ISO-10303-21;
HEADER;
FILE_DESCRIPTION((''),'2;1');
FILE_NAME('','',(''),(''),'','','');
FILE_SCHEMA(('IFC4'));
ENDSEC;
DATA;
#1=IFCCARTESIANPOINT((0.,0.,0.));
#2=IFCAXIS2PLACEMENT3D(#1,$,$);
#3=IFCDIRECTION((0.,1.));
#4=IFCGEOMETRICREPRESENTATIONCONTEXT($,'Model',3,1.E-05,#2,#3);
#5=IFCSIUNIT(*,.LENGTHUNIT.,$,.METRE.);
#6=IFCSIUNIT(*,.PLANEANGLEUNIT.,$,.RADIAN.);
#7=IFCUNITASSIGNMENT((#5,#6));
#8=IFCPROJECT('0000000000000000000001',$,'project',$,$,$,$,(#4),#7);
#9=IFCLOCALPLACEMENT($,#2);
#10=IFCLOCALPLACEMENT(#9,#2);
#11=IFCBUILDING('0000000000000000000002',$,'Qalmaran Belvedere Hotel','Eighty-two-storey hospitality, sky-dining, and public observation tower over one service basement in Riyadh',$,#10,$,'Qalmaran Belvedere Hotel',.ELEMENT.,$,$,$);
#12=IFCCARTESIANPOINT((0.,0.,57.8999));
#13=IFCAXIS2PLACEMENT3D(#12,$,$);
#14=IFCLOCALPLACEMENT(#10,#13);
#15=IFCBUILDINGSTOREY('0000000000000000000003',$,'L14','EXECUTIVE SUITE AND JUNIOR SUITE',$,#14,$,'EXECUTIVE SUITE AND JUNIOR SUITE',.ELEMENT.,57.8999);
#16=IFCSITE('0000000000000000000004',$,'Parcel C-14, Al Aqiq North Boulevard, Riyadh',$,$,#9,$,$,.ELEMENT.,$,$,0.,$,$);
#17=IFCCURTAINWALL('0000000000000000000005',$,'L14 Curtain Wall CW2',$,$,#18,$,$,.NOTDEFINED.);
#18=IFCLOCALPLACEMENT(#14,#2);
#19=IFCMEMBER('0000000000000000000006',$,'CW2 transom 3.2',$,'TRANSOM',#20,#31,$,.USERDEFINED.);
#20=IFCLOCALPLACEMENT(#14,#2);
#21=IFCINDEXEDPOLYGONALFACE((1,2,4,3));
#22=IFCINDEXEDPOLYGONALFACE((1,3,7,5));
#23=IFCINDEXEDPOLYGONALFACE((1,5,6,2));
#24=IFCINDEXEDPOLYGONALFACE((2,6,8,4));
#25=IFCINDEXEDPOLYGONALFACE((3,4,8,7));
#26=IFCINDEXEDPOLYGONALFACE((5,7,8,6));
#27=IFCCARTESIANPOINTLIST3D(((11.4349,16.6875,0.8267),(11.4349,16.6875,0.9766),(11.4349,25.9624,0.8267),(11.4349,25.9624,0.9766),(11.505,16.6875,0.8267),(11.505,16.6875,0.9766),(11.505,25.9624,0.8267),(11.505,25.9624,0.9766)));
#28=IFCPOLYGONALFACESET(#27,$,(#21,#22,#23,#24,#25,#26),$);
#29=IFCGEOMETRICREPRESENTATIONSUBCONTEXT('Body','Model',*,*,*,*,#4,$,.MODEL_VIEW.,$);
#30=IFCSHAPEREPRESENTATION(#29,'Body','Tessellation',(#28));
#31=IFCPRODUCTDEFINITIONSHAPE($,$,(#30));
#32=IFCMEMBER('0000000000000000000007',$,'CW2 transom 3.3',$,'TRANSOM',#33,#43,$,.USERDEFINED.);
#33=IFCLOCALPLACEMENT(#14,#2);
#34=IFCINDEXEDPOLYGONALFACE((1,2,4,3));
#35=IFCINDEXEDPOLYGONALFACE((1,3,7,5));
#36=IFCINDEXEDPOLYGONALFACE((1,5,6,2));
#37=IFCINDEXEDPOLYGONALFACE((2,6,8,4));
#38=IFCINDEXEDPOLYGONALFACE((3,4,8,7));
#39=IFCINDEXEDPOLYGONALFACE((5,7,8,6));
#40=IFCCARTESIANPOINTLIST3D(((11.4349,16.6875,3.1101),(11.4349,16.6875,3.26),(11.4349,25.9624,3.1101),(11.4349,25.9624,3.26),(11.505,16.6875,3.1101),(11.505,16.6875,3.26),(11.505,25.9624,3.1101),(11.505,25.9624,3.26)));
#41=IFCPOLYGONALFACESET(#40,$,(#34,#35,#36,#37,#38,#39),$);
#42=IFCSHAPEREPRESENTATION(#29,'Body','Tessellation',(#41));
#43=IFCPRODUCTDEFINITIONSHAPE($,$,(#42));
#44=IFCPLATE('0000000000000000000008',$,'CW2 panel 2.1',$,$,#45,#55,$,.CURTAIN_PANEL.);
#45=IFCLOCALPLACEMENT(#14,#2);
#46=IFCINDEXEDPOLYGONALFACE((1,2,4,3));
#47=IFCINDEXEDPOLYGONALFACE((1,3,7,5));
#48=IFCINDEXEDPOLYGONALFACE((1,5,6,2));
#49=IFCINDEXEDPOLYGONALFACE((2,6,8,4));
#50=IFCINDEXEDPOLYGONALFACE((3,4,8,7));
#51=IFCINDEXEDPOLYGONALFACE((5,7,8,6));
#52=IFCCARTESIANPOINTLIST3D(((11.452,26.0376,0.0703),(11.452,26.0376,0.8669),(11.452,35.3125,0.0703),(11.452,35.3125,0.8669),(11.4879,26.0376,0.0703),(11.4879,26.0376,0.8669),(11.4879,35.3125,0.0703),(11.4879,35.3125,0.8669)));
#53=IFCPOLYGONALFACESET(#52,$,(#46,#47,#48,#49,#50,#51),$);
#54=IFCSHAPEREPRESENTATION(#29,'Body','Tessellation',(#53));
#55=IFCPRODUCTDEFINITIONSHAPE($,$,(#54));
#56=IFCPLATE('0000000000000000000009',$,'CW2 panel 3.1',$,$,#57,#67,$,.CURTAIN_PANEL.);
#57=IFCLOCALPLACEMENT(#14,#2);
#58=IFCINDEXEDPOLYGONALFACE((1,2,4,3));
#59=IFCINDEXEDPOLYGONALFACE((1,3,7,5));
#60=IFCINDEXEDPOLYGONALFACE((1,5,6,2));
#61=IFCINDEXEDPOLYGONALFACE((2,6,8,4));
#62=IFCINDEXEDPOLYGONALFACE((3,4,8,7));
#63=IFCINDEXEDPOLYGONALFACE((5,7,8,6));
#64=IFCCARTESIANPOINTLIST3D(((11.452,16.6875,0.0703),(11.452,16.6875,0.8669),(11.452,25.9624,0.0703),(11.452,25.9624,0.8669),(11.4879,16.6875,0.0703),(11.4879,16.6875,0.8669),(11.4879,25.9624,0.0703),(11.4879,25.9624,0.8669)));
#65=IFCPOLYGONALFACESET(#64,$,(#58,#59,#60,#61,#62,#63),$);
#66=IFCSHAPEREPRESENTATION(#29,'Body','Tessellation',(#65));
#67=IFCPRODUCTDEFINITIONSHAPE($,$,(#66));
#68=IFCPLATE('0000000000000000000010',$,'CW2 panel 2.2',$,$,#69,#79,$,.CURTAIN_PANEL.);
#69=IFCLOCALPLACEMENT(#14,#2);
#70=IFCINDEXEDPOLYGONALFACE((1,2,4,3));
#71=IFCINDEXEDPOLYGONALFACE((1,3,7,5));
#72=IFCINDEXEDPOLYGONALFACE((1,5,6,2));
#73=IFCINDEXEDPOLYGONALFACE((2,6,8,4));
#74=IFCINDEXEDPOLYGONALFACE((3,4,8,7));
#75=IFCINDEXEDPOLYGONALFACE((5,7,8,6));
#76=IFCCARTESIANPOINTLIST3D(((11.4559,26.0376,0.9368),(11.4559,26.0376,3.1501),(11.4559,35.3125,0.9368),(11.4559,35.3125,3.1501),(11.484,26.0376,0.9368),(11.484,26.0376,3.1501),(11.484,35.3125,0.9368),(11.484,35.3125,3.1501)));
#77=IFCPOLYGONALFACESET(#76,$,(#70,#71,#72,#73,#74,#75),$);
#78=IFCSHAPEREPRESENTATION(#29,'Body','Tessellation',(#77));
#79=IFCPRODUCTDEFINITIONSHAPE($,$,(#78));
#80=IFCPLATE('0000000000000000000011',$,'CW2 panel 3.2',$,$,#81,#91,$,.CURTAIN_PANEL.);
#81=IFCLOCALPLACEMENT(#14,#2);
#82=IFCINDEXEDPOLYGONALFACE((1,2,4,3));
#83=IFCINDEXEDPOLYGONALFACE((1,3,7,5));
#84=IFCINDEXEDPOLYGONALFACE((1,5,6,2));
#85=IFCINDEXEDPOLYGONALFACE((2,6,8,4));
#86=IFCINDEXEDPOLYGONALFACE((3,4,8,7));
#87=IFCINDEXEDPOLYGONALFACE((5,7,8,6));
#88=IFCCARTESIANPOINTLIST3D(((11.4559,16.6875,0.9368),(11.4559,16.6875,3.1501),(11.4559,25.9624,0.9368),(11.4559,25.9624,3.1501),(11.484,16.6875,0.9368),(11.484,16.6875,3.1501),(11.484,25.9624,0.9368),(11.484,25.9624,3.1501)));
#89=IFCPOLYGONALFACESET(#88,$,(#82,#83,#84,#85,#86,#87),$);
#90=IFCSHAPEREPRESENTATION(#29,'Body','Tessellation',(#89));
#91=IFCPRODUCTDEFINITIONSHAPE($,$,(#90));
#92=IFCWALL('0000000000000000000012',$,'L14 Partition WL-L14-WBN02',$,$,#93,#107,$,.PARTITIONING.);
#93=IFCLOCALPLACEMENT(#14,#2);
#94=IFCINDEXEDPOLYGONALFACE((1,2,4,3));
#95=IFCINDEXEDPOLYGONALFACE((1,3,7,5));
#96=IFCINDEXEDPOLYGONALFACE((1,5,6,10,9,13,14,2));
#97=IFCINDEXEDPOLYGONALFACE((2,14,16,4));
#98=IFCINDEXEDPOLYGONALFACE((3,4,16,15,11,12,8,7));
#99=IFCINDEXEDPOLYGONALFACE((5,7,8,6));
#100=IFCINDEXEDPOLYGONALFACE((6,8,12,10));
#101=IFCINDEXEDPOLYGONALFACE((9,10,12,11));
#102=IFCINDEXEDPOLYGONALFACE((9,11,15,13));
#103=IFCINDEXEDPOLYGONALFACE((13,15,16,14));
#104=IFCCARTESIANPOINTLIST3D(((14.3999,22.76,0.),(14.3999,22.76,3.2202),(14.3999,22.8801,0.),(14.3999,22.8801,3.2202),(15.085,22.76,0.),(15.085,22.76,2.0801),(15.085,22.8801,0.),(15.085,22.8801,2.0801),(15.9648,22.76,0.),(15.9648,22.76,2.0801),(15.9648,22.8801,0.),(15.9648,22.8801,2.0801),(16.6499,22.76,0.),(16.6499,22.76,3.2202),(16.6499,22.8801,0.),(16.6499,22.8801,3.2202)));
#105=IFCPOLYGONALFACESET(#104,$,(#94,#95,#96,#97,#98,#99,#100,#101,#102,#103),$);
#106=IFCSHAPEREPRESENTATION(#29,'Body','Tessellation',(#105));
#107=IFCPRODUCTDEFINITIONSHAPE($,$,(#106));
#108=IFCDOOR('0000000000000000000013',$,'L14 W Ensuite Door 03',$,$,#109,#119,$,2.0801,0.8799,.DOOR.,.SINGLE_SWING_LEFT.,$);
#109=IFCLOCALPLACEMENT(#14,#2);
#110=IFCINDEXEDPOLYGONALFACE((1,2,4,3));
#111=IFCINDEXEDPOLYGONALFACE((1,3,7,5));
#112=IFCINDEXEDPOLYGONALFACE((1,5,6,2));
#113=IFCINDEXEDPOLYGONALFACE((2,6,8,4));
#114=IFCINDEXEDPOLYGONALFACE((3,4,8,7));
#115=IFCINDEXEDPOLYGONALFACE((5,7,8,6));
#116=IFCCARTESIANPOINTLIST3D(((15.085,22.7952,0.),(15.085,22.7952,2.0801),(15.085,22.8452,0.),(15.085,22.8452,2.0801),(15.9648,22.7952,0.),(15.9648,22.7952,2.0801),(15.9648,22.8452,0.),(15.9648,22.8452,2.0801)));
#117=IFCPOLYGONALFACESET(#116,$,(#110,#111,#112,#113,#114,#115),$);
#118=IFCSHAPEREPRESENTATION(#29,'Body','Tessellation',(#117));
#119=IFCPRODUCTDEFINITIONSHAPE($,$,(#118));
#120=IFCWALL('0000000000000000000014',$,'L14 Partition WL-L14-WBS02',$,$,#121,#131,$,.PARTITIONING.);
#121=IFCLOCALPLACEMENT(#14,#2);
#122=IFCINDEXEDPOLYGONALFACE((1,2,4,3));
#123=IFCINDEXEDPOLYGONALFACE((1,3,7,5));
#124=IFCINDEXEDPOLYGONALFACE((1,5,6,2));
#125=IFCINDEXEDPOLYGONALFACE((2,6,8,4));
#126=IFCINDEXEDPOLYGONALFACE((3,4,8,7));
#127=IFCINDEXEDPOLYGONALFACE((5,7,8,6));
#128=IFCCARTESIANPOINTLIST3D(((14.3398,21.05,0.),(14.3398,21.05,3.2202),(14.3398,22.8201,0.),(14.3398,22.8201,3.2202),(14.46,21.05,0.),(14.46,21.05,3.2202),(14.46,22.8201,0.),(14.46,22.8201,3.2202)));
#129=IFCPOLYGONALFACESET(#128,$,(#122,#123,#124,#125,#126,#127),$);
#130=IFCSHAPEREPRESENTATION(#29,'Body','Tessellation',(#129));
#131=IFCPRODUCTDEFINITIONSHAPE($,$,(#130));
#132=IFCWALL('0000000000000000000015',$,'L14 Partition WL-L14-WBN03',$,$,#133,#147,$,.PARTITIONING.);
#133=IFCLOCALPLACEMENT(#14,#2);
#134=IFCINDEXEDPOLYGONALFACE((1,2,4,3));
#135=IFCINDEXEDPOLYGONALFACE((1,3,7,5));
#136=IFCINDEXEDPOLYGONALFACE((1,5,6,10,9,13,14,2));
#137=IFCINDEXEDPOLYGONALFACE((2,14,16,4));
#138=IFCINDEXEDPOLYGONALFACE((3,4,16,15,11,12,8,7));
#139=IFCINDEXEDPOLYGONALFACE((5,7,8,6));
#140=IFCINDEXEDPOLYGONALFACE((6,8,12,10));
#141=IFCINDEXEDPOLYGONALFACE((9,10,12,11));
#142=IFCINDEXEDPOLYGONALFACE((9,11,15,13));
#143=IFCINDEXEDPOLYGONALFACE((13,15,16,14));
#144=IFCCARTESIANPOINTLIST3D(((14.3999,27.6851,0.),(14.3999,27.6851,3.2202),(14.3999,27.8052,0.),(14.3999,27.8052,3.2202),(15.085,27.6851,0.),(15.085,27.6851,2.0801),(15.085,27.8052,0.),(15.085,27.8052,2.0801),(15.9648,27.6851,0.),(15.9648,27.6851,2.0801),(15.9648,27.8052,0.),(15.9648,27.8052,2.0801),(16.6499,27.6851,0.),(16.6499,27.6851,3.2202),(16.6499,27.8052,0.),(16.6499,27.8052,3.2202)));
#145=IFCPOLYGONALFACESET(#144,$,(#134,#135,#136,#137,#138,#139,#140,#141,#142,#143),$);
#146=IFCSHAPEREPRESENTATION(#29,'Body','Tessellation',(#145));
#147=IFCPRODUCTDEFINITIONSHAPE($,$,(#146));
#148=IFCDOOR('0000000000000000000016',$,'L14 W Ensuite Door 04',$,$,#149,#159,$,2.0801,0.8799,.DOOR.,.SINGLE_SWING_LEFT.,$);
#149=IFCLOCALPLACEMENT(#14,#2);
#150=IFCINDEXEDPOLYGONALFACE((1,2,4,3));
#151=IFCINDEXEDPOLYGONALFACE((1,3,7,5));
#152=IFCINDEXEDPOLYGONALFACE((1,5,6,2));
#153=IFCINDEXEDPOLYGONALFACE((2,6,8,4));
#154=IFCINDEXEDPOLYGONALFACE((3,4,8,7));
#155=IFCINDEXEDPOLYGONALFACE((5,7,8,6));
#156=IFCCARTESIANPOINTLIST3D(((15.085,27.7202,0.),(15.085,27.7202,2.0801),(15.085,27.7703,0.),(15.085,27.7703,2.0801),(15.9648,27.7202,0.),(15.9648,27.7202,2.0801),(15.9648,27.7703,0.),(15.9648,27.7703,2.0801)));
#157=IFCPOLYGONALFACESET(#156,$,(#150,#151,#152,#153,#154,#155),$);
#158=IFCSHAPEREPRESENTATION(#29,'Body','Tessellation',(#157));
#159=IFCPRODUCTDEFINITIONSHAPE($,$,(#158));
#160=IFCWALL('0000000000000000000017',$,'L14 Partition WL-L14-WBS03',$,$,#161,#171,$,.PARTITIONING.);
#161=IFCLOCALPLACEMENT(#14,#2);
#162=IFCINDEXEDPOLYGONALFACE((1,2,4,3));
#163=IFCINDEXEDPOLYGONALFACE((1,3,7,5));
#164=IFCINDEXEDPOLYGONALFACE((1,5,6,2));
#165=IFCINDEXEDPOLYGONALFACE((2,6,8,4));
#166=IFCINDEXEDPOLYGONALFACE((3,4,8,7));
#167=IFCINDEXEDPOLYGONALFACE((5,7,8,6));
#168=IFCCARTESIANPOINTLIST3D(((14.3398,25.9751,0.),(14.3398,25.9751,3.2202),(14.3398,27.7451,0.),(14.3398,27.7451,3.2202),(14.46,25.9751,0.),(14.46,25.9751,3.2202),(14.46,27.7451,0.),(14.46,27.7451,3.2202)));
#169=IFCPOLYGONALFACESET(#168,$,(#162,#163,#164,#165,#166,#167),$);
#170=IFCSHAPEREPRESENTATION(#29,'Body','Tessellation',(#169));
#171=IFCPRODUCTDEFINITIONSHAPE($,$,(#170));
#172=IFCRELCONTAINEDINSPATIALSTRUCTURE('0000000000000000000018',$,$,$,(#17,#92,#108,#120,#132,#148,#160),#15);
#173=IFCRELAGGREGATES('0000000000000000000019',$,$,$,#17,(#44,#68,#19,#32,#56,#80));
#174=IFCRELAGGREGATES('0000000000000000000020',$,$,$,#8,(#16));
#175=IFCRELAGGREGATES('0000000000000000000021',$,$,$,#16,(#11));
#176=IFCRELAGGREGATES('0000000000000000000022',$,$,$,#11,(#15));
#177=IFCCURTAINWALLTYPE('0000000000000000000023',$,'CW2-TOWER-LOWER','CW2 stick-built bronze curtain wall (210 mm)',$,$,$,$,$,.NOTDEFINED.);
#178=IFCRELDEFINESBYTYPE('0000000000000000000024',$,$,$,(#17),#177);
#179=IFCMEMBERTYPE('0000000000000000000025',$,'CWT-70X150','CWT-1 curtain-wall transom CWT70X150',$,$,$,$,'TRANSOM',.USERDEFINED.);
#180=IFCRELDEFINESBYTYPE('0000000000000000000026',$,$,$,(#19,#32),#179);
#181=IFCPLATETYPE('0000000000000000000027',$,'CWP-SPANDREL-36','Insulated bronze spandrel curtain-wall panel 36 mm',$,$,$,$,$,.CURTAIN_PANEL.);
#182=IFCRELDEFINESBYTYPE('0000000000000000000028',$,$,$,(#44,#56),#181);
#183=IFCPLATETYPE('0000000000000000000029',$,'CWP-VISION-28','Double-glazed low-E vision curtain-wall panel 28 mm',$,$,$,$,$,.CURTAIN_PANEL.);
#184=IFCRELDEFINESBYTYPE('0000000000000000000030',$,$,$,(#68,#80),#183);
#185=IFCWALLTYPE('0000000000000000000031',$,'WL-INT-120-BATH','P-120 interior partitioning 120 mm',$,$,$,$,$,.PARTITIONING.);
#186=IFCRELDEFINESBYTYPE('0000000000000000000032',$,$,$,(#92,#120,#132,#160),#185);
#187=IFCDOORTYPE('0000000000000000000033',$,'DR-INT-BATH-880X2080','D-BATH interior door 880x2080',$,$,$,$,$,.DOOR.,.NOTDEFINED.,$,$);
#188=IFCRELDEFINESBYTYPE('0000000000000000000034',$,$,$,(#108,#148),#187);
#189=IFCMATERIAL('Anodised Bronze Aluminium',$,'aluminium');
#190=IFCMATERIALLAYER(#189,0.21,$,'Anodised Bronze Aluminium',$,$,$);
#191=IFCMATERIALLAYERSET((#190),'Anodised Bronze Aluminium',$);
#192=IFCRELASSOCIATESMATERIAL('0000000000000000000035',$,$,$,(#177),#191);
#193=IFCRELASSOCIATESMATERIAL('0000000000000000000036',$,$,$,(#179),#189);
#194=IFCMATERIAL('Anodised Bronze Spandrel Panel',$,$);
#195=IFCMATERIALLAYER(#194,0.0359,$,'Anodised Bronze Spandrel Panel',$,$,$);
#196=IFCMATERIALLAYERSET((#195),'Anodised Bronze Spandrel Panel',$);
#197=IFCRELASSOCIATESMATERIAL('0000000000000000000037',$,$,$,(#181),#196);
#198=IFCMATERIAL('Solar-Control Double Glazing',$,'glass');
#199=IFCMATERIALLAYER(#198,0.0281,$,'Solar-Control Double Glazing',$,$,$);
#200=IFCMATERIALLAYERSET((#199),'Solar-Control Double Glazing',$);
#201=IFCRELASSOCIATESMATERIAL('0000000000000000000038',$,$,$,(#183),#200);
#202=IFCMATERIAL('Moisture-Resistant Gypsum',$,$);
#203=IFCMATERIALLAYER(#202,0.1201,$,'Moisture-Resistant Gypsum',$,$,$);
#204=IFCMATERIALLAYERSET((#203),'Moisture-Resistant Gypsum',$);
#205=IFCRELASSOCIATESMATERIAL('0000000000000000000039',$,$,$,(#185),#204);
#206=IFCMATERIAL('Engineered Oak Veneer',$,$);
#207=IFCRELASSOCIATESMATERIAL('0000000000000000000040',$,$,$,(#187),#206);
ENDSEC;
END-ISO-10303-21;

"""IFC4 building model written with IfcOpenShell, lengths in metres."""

from ifc_helpers import new_model, si_unit, direction, frame, frame_2d, origin, origin_2d, place, context, subcontext, project, spatial, rectangle, extrude, material, layer, layer_set, material_profile, profile_set, type_object, element, fill, aggregate, save


model = new_model("IFC4")

# Units and contexts
model_context = context("Model", 3, precision=1e-05, world=origin(), true_north=direction((0.0, 1.0)))
body_context = subcontext(model_context, "Body", "Model", "MODEL_VIEW")
ifc_project = project(units=[si_unit("LENGTHUNIT", "METRE"), si_unit("PLANEANGLEUNIT", "RADIAN")], contexts=[model_context])

# Site, building, storey
site_placement = place(None, origin())
site = spatial("IfcSite", under=ifc_project, at=site_placement, Name="Parcel C-14, Al Aqiq North Boulevard, Riyadh", CompositionType="ELEMENT", RefElevation=0.0)
building_placement = place(site_placement, origin())
building = spatial("IfcBuilding", under=site, at=building_placement, Name="Qalmaran Belvedere Hotel", Description="Eighty-two-storey hospitality, sky-dining, and public observation tower over one service basement in Riyadh", LongName="Qalmaran Belvedere Hotel", CompositionType="ELEMENT")
storey_placement = place(building_placement, frame((0.0, 0.0, 57.8999)))
storey = spatial("IfcBuildingStorey", under=building, at=storey_placement, Name="L14", Description="EXECUTIVE SUITE AND JUNIOR SUITE", LongName="EXECUTIVE SUITE AND JUNIOR SUITE", CompositionType="ELEMENT", Elevation=57.8999)

# Curtain wall, members, plates
ifc_material_1 = material(Name="Anodised Bronze Aluminium", Category="aluminium")
ifc_layer_1 = layer(ifc_material_1, 0.21, Name="Anodised Bronze Aluminium")
ifc_layer_set_1 = layer_set([ifc_layer_1], Name="Anodised Bronze Aluminium")
curtain_wall_type = type_object("IfcCurtainWallType", Name="CW2-TOWER-LOWER", Description="CW2 stick-built bronze curtain wall (210 mm)", PredefinedType="NOTDEFINED", material=ifc_layer_set_1)
curtain_wall_placement = place(storey_placement, origin())
curtain_wall = element("IfcCurtainWall", 1, at=curtain_wall_placement, inside=storey, type_object=curtain_wall_type, Name="L14 Curtain Wall CW2", PredefinedType="NOTDEFINED")
ifc_material_profile_1 = material_profile(ifc_material_1, rectangle(XDim=0.0701, YDim=0.1499, at=origin_2d()), Name="CWT70X150")
ifc_profile_set_1 = profile_set([ifc_material_profile_1], Name="Anodised Bronze Aluminium")
member_type_1 = type_object("IfcMemberType", Name="CWT-70X150", Description="CWT-1 curtain-wall transom CWT70X150", ElementType="TRANSOM", PredefinedType="USERDEFINED", material=ifc_profile_set_1)
member_1_placement = place(storey_placement, frame((11.47, 25.9624, 0.9016), z_axis=(0.0, -1.0, 0.0), x_axis=(1.0, 0.0, 0.0)))
member_1 = element("IfcMember", 2, at=member_1_placement, type_object=member_type_1, Name="CW2 transom 3.2", ObjectType="TRANSOM", PredefinedType="USERDEFINED", context=body_context, shape_type="SweptSolid", body=[
    extrude(rectangle(XDim=0.0701, YDim=0.1499, at=origin_2d()), origin(), (0.0, 0.0, 1.0), 9.2749),
])
member_2_placement = place(storey_placement, frame((11.47, 25.9624, 3.1851), z_axis=(0.0, -1.0, 0.0), x_axis=(1.0, 0.0, 0.0)))
member_2 = element("IfcMember", 3, at=member_2_placement, type_object=member_type_1, Name="CW2 transom 3.3", ObjectType="TRANSOM", PredefinedType="USERDEFINED", context=body_context, shape_type="SweptSolid", body=[
    extrude(rectangle(XDim=0.0701, YDim=0.1499, at=origin_2d()), origin(), (0.0, 0.0, 1.0), 9.2749),
])
ifc_material_2 = material(Name="Anodised Bronze Spandrel Panel")
ifc_layer_2 = layer(ifc_material_2, 0.0359, Name="Anodised Bronze Spandrel Panel")
ifc_layer_set_2 = layer_set([ifc_layer_2], Name="Anodised Bronze Spandrel Panel")
plate_type_1 = type_object("IfcPlateType", Name="CWP-SPANDREL-36", Description="Insulated bronze spandrel curtain-wall panel 36 mm", PredefinedType="CURTAIN_PANEL", material=ifc_layer_set_2)
plate_1_placement = place(storey_placement, frame((11.47, 30.675, 0.0703), z_axis=(0.0, 0.0, 1.0), x_axis=(0.0, -1.0, 0.0)))
plate_1 = element("IfcPlate", 4, at=plate_1_placement, type_object=plate_type_1, Name="CW2 panel 2.1", PredefinedType="CURTAIN_PANEL", context=body_context, shape_type="SweptSolid", body=[
    extrude(rectangle(XDim=9.2749, YDim=0.0359, at=origin_2d()), origin(), (0.0, 0.0, 1.0), 0.7966),
])
plate_2_placement = place(storey_placement, frame((11.47, 21.325, 0.0703), z_axis=(0.0, 0.0, 1.0), x_axis=(0.0, -1.0, 0.0)))
plate_2 = element("IfcPlate", 5, at=plate_2_placement, type_object=plate_type_1, Name="CW2 panel 3.1", PredefinedType="CURTAIN_PANEL", context=body_context, shape_type="SweptSolid", body=[
    extrude(rectangle(XDim=9.2749, YDim=0.0359, at=origin_2d()), origin(), (0.0, 0.0, 1.0), 0.7966),
])
ifc_material_3 = material(Name="Solar-Control Double Glazing", Category="glass")
ifc_layer_3 = layer(ifc_material_3, 0.0281, Name="Solar-Control Double Glazing")
ifc_layer_set_3 = layer_set([ifc_layer_3], Name="Solar-Control Double Glazing")
plate_type_2 = type_object("IfcPlateType", Name="CWP-VISION-28", Description="Double-glazed low-E vision curtain-wall panel 28 mm", PredefinedType="CURTAIN_PANEL", material=ifc_layer_set_3)
plate_3_placement = place(storey_placement, frame((11.47, 30.675, 0.9368), z_axis=(0.0, 0.0, 1.0), x_axis=(0.0, -1.0, 0.0)))
plate_3 = element("IfcPlate", 6, at=plate_3_placement, type_object=plate_type_2, Name="CW2 panel 2.2", PredefinedType="CURTAIN_PANEL", context=body_context, shape_type="SweptSolid", body=[
    extrude(rectangle(XDim=9.2749, YDim=0.0281, at=origin_2d()), origin(), (0.0, 0.0, 1.0), 2.2134),
])
plate_4_placement = place(storey_placement, frame((11.47, 21.325, 0.9368), z_axis=(0.0, 0.0, 1.0), x_axis=(0.0, -1.0, 0.0)))
plate_4 = element("IfcPlate", 7, at=plate_4_placement, type_object=plate_type_2, Name="CW2 panel 3.2", PredefinedType="CURTAIN_PANEL", context=body_context, shape_type="SweptSolid", body=[
    extrude(rectangle(XDim=9.2749, YDim=0.0281, at=origin_2d()), origin(), (0.0, 0.0, 1.0), 2.2134),
])
aggregate(curtain_wall, [plate_1, plate_3, member_1, member_2, plate_2, plate_4])

# Wall, opening, door
ifc_material_4 = material(Name="Moisture-Resistant Gypsum")
ifc_layer_4 = layer(ifc_material_4, 0.1201, Name="Moisture-Resistant Gypsum")
ifc_layer_set_4 = layer_set([ifc_layer_4], Name="Moisture-Resistant Gypsum")
wall_type_1 = type_object("IfcWallType", Name="WL-INT-120-BATH", Description="P-120 interior partitioning 120 mm", PredefinedType="PARTITIONING", material=ifc_layer_set_4)
wall_1_placement = place(storey_placement, frame((14.3999, 22.8201, 0.0), z_axis=(0.0, 0.0, 1.0), x_axis=(1.0, 0.0, 0.0)))
wall_1 = element("IfcWall", 8, at=wall_1_placement, inside=storey, type_object=wall_type_1, Name="L14 Partition WL-L14-WBN02", PredefinedType="PARTITIONING", context=body_context, shape_type="SweptSolid", body=[
    extrude(rectangle(XDim=2.25, YDim=0.1201, at=frame_2d((1.125, 0.0))), origin(), (0.0, 0.0, 1.0), 3.2202),
])
opening_1_placement = place(wall_1_placement, frame((1.5649, 0.0, 0.0), z_axis=(0.0, 0.0, 1.0), x_axis=(-1.0, 0.0, 0.0)))
opening_1 = element("IfcOpeningElement", 9, at=opening_1_placement, cuts=wall_1, PredefinedType="OPENING", context=body_context, shape_type="SweptSolid", body=[
    extrude(rectangle(XDim=0.8799, YDim=2.0801, at=frame_2d((0.4399, 1.04))), frame((0.0, 0.0701, 0.0), z_axis=(0.0, -1.0, 0.0), x_axis=(1.0, 0.0, 0.0)), (0.0, 0.0, 1.0), 0.1401),
])
ifc_material_5 = material(Name="Engineered Oak Veneer")
door_type_1 = type_object("IfcDoorType", Name="DR-INT-BATH-880X2080", Description="D-BATH interior door 880x2080", OperationType="NOTDEFINED", PredefinedType="DOOR", material=ifc_material_5)
door_1_placement = place(opening_1_placement, origin())
door_1 = element("IfcDoor", 10, at=door_1_placement, inside=storey, type_object=door_type_1, Name="L14 W Ensuite Door 03", OperationType="SINGLE_SWING_LEFT", OverallHeight=2.0801, OverallWidth=0.8799, PredefinedType="DOOR", context=body_context, shape_type="SweptSolid", body=[
    extrude(rectangle(XDim=0.8799, YDim=2.0801, at=frame_2d((0.4399, 1.04))), frame((0.0, 0.0249, 0.0), z_axis=(0.0, -1.0, 0.0), x_axis=(1.0, 0.0, 0.0)), (0.0, 0.0, 1.0), 0.05),
])
fill(opening_1, door_1)

# Wall
wall_2_placement = place(storey_placement, frame((14.3999, 21.05, 0.0), z_axis=(0.0, 0.0, 1.0), x_axis=(0.0, 1.0, 0.0)))
element("IfcWall", 11, at=wall_2_placement, inside=storey, type_object=wall_type_1, Name="L14 Partition WL-L14-WBS02", PredefinedType="PARTITIONING", context=body_context, shape_type="SweptSolid", body=[
    extrude(rectangle(XDim=1.77, YDim=0.1201, at=frame_2d((0.885, 0.0))), origin(), (0.0, 0.0, 1.0), 3.2202),
])

# Wall, opening, door
wall_3_placement = place(storey_placement, frame((14.3999, 27.7451, 0.0), z_axis=(0.0, 0.0, 1.0), x_axis=(1.0, 0.0, 0.0)))
wall_3 = element("IfcWall", 12, at=wall_3_placement, inside=storey, type_object=wall_type_1, Name="L14 Partition WL-L14-WBN03", PredefinedType="PARTITIONING", context=body_context, shape_type="SweptSolid", body=[
    extrude(rectangle(XDim=2.25, YDim=0.1201, at=frame_2d((1.125, 0.0))), origin(), (0.0, 0.0, 1.0), 3.2202),
])
opening_2_placement = place(wall_3_placement, frame((1.5649, 0.0, 0.0), z_axis=(0.0, 0.0, 1.0), x_axis=(-1.0, 0.0, 0.0)))
opening_2 = element("IfcOpeningElement", 13, at=opening_2_placement, cuts=wall_3, PredefinedType="OPENING", context=body_context, shape_type="SweptSolid", body=[
    extrude(rectangle(XDim=0.8799, YDim=2.0801, at=frame_2d((0.4399, 1.04))), frame((0.0, 0.0701, 0.0), z_axis=(0.0, -1.0, 0.0), x_axis=(1.0, 0.0, 0.0)), (0.0, 0.0, 1.0), 0.1401),
])
door_2_placement = place(opening_2_placement, origin())
door_2 = element("IfcDoor", 14, at=door_2_placement, inside=storey, type_object=door_type_1, Name="L14 W Ensuite Door 04", OperationType="SINGLE_SWING_LEFT", OverallHeight=2.0801, OverallWidth=0.8799, PredefinedType="DOOR", context=body_context, shape_type="SweptSolid", body=[
    extrude(rectangle(XDim=0.8799, YDim=2.0801, at=frame_2d((0.4399, 1.04))), frame((0.0, 0.0249, 0.0), z_axis=(0.0, -1.0, 0.0), x_axis=(1.0, 0.0, 0.0)), (0.0, 0.0, 1.0), 0.05),
])
fill(opening_2, door_2)

# Wall
wall_4_placement = place(storey_placement, frame((14.3999, 25.9751, 0.0), z_axis=(0.0, 0.0, 1.0), x_axis=(0.0, 1.0, 0.0)))
element("IfcWall", 15, at=wall_4_placement, inside=storey, type_object=wall_type_1, Name="L14 Partition WL-L14-WBS03", PredefinedType="PARTITIONING", context=body_context, shape_type="SweptSolid", body=[
    extrude(rectangle(XDim=1.77, YDim=0.1201, at=frame_2d((0.885, 0.0))), origin(), (0.0, 0.0, 1.0), 3.2202),
])

save(model, "model.ifc")
